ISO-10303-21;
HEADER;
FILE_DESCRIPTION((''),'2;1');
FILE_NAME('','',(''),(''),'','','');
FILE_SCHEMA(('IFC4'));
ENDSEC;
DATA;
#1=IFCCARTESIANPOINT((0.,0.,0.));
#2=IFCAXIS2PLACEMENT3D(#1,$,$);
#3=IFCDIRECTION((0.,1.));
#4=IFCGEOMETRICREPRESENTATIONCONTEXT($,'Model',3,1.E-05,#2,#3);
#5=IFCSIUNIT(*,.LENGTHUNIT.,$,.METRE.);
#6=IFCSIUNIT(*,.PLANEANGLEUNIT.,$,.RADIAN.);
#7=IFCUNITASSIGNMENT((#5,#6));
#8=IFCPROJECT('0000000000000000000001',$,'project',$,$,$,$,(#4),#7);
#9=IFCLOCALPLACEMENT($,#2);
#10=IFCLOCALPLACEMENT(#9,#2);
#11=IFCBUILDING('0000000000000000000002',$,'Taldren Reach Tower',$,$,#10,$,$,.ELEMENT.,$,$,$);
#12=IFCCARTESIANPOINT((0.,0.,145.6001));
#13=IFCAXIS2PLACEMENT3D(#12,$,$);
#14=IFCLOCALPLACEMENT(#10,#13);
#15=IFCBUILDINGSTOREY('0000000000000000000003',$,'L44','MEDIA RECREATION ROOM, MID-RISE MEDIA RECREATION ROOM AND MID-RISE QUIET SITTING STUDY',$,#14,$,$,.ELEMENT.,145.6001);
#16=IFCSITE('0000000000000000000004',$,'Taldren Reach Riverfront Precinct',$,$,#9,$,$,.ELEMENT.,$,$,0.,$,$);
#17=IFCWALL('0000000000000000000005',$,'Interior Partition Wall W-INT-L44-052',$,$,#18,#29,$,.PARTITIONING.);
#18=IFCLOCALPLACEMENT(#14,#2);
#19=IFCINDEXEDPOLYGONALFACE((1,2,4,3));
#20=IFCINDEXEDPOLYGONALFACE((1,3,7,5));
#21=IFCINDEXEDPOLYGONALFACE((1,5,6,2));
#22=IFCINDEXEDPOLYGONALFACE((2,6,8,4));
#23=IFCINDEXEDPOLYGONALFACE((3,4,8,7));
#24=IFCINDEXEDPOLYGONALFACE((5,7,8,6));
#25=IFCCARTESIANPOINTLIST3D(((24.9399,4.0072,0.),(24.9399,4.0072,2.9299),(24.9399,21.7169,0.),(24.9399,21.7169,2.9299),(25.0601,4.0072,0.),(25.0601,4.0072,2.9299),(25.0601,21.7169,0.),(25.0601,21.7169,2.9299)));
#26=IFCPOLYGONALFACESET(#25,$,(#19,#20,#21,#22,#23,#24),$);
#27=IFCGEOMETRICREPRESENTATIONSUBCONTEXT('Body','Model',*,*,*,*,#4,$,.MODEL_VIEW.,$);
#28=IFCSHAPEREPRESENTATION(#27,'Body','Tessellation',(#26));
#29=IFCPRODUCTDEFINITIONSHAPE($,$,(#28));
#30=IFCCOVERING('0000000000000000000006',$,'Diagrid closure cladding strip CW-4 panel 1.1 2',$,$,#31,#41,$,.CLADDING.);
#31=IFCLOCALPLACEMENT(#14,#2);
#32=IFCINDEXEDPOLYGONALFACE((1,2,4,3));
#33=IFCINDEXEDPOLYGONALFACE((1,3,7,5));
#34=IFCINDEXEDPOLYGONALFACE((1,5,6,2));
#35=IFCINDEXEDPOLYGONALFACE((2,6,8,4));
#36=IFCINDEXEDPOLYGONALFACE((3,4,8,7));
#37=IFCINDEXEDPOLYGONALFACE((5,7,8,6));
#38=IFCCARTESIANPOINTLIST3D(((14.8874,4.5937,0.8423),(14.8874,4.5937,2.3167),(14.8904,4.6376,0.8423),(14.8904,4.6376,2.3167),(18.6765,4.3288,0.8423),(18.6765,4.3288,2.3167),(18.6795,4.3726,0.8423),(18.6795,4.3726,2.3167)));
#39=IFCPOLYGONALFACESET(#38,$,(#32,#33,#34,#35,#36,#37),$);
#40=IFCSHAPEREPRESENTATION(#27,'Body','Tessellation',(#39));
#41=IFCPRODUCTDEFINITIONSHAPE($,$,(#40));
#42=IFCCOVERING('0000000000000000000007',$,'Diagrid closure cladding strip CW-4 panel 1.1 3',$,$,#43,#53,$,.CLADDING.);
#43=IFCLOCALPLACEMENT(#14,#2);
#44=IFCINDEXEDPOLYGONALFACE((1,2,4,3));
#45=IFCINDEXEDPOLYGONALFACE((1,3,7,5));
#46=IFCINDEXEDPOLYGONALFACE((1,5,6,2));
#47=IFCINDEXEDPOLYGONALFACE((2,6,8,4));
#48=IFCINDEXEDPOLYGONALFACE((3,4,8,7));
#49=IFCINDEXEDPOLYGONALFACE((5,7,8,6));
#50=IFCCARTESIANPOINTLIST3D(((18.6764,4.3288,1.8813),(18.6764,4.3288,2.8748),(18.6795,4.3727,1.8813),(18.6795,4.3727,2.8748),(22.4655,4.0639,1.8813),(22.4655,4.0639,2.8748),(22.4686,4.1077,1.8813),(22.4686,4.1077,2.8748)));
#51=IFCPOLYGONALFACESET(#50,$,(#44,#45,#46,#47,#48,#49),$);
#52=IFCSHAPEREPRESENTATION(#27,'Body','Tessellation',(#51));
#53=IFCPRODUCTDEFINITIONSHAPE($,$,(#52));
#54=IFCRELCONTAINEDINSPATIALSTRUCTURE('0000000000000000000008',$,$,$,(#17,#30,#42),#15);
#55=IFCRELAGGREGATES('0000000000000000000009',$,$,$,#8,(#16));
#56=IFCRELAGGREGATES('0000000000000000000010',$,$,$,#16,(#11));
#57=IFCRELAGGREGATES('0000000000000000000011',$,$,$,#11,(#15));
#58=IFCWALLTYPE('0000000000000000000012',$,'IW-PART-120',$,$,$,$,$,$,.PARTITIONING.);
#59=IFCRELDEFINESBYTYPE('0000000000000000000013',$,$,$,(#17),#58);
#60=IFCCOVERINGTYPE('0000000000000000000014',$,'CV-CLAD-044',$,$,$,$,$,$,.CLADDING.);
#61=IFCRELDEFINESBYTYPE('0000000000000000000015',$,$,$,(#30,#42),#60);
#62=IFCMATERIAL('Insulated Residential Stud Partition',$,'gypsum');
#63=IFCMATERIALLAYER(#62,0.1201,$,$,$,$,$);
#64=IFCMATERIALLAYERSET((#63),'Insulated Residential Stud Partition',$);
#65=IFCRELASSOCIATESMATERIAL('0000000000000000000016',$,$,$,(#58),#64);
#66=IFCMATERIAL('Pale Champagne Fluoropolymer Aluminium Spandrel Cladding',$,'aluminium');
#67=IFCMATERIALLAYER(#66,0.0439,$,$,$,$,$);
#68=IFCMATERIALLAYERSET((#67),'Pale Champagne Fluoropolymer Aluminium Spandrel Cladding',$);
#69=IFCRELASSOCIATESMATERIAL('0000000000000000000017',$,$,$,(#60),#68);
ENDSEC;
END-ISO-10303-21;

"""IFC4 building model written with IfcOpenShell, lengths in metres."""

from ifc_helpers import new_model, si_unit, direction, frame, frame_2d, origin, origin_2d, place, context, subcontext, project, spatial, rectangle, extrude, source, transform, mapped, material, layer, layer_set, type_object, element, save


model = new_model("IFC4")

# Units and contexts
model_context = context("Model", 3, precision=1e-05, world=origin(), true_north=direction((0.0, 1.0)))
body_context = subcontext(model_context, "Body", "Model", "MODEL_VIEW")
ifc_project = project(units=[si_unit("LENGTHUNIT", "METRE"), si_unit("PLANEANGLEUNIT", "RADIAN")], contexts=[model_context])

# Site, building, storey
site_placement = place(None, origin())
site = spatial("IfcSite", under=ifc_project, at=site_placement, Name="Taldren Reach Riverfront Precinct", CompositionType="ELEMENT", RefElevation=0.0)
building_placement = place(site_placement, origin())
building = spatial("IfcBuilding", under=site, at=building_placement, Name="Taldren Reach Tower", CompositionType="ELEMENT")
storey_placement = place(building_placement, frame((0.0, 0.0, 145.6001)))
storey = spatial("IfcBuildingStorey", under=building, at=storey_placement, Name="L44", Description="MEDIA RECREATION ROOM, MID-RISE MEDIA RECREATION ROOM AND MID-RISE QUIET SITTING STUDY", CompositionType="ELEMENT", Elevation=145.6001)

# Wall
ifc_material_1 = material(Name="Insulated Residential Stud Partition", Category="gypsum")
ifc_layer_1 = layer(ifc_material_1, 0.1201)
ifc_layer_set_1 = layer_set([ifc_layer_1], Name="Insulated Residential Stud Partition")
wall_type_1 = type_object("IfcWallType", Name="IW-PART-120", PredefinedType="PARTITIONING", material=ifc_layer_set_1)
shared_shape_1 = source(origin(), body_context, "Body", "SweptSolid", [
    extrude(rectangle(XDim=17.7097, YDim=0.1201, at=frame_2d((8.855, 0.0))), origin(), (0.0, 0.0, 1.0), 2.9299),
])
wall_1_placement = place(storey_placement, frame((25.0, 21.717, 0.0), z_axis=(0.0, 0.0, 1.0), x_axis=(0.0, -1.0, 0.0)))
element("IfcWall", 1, at=wall_1_placement, inside=storey, type_object=wall_type_1, Name="Interior Partition Wall W-INT-L44-052", PredefinedType="PARTITIONING", context=body_context, shape_type="MappedRepresentation", body=[
    mapped(shared_shape_1, transform((0.0, 0.0, 0.0), scale=1.0)),
])

# Coverings
ifc_material_2 = material(Name="Pale Champagne Fluoropolymer Aluminium Spandrel Cladding", Category="aluminium")
ifc_layer_2 = layer(ifc_material_2, 0.0439)
ifc_layer_set_2 = layer_set([ifc_layer_2], Name="Pale Champagne Fluoropolymer Aluminium Spandrel Cladding")
covering_type = type_object("IfcCoveringType", Name="CV-CLAD-044", PredefinedType="CLADDING", material=ifc_layer_set_2)
shared_shape_2 = source(origin(), body_context, "Body", "SweptSolid", [
    extrude(rectangle(XDim=3.7983, YDim=0.0439, at=origin_2d()), origin(), (0.0, 0.0, 1.0), 1.4744),
])
covering_1_placement = place(storey_placement, frame((16.7834, 4.4832, 0.8423), z_axis=(0.0, 0.0, 1.0), x_axis=(0.997564, -0.069757, 0.0)))
element("IfcCovering", 2, at=covering_1_placement, inside=storey, type_object=covering_type, Name="Diagrid closure cladding strip CW-4 panel 1.1 2", PredefinedType="CLADDING", context=body_context, shape_type="MappedRepresentation", body=[
    mapped(shared_shape_2, transform((0.0, 0.0, 0.0), scale=1.0)),
])
shared_shape_3 = source(origin(), body_context, "Body", "SweptSolid", [
    extrude(rectangle(XDim=3.7983, YDim=0.0439, at=origin_2d()), origin(), (0.0, 0.0, 1.0), 0.9934),
])
covering_2_placement = place(storey_placement, frame((20.5725, 4.2183, 1.8813), z_axis=(0.0, 0.0, 1.0), x_axis=(0.997564, -0.069757, 0.0)))
element("IfcCovering", 3, at=covering_2_placement, inside=storey, type_object=covering_type, Name="Diagrid closure cladding strip CW-4 panel 1.1 3", PredefinedType="CLADDING", context=body_context, shape_type="MappedRepresentation", body=[
    mapped(shared_shape_3, transform((0.0, 0.0, 0.0), scale=1.0)),
])

save(model, "model.ifc")
